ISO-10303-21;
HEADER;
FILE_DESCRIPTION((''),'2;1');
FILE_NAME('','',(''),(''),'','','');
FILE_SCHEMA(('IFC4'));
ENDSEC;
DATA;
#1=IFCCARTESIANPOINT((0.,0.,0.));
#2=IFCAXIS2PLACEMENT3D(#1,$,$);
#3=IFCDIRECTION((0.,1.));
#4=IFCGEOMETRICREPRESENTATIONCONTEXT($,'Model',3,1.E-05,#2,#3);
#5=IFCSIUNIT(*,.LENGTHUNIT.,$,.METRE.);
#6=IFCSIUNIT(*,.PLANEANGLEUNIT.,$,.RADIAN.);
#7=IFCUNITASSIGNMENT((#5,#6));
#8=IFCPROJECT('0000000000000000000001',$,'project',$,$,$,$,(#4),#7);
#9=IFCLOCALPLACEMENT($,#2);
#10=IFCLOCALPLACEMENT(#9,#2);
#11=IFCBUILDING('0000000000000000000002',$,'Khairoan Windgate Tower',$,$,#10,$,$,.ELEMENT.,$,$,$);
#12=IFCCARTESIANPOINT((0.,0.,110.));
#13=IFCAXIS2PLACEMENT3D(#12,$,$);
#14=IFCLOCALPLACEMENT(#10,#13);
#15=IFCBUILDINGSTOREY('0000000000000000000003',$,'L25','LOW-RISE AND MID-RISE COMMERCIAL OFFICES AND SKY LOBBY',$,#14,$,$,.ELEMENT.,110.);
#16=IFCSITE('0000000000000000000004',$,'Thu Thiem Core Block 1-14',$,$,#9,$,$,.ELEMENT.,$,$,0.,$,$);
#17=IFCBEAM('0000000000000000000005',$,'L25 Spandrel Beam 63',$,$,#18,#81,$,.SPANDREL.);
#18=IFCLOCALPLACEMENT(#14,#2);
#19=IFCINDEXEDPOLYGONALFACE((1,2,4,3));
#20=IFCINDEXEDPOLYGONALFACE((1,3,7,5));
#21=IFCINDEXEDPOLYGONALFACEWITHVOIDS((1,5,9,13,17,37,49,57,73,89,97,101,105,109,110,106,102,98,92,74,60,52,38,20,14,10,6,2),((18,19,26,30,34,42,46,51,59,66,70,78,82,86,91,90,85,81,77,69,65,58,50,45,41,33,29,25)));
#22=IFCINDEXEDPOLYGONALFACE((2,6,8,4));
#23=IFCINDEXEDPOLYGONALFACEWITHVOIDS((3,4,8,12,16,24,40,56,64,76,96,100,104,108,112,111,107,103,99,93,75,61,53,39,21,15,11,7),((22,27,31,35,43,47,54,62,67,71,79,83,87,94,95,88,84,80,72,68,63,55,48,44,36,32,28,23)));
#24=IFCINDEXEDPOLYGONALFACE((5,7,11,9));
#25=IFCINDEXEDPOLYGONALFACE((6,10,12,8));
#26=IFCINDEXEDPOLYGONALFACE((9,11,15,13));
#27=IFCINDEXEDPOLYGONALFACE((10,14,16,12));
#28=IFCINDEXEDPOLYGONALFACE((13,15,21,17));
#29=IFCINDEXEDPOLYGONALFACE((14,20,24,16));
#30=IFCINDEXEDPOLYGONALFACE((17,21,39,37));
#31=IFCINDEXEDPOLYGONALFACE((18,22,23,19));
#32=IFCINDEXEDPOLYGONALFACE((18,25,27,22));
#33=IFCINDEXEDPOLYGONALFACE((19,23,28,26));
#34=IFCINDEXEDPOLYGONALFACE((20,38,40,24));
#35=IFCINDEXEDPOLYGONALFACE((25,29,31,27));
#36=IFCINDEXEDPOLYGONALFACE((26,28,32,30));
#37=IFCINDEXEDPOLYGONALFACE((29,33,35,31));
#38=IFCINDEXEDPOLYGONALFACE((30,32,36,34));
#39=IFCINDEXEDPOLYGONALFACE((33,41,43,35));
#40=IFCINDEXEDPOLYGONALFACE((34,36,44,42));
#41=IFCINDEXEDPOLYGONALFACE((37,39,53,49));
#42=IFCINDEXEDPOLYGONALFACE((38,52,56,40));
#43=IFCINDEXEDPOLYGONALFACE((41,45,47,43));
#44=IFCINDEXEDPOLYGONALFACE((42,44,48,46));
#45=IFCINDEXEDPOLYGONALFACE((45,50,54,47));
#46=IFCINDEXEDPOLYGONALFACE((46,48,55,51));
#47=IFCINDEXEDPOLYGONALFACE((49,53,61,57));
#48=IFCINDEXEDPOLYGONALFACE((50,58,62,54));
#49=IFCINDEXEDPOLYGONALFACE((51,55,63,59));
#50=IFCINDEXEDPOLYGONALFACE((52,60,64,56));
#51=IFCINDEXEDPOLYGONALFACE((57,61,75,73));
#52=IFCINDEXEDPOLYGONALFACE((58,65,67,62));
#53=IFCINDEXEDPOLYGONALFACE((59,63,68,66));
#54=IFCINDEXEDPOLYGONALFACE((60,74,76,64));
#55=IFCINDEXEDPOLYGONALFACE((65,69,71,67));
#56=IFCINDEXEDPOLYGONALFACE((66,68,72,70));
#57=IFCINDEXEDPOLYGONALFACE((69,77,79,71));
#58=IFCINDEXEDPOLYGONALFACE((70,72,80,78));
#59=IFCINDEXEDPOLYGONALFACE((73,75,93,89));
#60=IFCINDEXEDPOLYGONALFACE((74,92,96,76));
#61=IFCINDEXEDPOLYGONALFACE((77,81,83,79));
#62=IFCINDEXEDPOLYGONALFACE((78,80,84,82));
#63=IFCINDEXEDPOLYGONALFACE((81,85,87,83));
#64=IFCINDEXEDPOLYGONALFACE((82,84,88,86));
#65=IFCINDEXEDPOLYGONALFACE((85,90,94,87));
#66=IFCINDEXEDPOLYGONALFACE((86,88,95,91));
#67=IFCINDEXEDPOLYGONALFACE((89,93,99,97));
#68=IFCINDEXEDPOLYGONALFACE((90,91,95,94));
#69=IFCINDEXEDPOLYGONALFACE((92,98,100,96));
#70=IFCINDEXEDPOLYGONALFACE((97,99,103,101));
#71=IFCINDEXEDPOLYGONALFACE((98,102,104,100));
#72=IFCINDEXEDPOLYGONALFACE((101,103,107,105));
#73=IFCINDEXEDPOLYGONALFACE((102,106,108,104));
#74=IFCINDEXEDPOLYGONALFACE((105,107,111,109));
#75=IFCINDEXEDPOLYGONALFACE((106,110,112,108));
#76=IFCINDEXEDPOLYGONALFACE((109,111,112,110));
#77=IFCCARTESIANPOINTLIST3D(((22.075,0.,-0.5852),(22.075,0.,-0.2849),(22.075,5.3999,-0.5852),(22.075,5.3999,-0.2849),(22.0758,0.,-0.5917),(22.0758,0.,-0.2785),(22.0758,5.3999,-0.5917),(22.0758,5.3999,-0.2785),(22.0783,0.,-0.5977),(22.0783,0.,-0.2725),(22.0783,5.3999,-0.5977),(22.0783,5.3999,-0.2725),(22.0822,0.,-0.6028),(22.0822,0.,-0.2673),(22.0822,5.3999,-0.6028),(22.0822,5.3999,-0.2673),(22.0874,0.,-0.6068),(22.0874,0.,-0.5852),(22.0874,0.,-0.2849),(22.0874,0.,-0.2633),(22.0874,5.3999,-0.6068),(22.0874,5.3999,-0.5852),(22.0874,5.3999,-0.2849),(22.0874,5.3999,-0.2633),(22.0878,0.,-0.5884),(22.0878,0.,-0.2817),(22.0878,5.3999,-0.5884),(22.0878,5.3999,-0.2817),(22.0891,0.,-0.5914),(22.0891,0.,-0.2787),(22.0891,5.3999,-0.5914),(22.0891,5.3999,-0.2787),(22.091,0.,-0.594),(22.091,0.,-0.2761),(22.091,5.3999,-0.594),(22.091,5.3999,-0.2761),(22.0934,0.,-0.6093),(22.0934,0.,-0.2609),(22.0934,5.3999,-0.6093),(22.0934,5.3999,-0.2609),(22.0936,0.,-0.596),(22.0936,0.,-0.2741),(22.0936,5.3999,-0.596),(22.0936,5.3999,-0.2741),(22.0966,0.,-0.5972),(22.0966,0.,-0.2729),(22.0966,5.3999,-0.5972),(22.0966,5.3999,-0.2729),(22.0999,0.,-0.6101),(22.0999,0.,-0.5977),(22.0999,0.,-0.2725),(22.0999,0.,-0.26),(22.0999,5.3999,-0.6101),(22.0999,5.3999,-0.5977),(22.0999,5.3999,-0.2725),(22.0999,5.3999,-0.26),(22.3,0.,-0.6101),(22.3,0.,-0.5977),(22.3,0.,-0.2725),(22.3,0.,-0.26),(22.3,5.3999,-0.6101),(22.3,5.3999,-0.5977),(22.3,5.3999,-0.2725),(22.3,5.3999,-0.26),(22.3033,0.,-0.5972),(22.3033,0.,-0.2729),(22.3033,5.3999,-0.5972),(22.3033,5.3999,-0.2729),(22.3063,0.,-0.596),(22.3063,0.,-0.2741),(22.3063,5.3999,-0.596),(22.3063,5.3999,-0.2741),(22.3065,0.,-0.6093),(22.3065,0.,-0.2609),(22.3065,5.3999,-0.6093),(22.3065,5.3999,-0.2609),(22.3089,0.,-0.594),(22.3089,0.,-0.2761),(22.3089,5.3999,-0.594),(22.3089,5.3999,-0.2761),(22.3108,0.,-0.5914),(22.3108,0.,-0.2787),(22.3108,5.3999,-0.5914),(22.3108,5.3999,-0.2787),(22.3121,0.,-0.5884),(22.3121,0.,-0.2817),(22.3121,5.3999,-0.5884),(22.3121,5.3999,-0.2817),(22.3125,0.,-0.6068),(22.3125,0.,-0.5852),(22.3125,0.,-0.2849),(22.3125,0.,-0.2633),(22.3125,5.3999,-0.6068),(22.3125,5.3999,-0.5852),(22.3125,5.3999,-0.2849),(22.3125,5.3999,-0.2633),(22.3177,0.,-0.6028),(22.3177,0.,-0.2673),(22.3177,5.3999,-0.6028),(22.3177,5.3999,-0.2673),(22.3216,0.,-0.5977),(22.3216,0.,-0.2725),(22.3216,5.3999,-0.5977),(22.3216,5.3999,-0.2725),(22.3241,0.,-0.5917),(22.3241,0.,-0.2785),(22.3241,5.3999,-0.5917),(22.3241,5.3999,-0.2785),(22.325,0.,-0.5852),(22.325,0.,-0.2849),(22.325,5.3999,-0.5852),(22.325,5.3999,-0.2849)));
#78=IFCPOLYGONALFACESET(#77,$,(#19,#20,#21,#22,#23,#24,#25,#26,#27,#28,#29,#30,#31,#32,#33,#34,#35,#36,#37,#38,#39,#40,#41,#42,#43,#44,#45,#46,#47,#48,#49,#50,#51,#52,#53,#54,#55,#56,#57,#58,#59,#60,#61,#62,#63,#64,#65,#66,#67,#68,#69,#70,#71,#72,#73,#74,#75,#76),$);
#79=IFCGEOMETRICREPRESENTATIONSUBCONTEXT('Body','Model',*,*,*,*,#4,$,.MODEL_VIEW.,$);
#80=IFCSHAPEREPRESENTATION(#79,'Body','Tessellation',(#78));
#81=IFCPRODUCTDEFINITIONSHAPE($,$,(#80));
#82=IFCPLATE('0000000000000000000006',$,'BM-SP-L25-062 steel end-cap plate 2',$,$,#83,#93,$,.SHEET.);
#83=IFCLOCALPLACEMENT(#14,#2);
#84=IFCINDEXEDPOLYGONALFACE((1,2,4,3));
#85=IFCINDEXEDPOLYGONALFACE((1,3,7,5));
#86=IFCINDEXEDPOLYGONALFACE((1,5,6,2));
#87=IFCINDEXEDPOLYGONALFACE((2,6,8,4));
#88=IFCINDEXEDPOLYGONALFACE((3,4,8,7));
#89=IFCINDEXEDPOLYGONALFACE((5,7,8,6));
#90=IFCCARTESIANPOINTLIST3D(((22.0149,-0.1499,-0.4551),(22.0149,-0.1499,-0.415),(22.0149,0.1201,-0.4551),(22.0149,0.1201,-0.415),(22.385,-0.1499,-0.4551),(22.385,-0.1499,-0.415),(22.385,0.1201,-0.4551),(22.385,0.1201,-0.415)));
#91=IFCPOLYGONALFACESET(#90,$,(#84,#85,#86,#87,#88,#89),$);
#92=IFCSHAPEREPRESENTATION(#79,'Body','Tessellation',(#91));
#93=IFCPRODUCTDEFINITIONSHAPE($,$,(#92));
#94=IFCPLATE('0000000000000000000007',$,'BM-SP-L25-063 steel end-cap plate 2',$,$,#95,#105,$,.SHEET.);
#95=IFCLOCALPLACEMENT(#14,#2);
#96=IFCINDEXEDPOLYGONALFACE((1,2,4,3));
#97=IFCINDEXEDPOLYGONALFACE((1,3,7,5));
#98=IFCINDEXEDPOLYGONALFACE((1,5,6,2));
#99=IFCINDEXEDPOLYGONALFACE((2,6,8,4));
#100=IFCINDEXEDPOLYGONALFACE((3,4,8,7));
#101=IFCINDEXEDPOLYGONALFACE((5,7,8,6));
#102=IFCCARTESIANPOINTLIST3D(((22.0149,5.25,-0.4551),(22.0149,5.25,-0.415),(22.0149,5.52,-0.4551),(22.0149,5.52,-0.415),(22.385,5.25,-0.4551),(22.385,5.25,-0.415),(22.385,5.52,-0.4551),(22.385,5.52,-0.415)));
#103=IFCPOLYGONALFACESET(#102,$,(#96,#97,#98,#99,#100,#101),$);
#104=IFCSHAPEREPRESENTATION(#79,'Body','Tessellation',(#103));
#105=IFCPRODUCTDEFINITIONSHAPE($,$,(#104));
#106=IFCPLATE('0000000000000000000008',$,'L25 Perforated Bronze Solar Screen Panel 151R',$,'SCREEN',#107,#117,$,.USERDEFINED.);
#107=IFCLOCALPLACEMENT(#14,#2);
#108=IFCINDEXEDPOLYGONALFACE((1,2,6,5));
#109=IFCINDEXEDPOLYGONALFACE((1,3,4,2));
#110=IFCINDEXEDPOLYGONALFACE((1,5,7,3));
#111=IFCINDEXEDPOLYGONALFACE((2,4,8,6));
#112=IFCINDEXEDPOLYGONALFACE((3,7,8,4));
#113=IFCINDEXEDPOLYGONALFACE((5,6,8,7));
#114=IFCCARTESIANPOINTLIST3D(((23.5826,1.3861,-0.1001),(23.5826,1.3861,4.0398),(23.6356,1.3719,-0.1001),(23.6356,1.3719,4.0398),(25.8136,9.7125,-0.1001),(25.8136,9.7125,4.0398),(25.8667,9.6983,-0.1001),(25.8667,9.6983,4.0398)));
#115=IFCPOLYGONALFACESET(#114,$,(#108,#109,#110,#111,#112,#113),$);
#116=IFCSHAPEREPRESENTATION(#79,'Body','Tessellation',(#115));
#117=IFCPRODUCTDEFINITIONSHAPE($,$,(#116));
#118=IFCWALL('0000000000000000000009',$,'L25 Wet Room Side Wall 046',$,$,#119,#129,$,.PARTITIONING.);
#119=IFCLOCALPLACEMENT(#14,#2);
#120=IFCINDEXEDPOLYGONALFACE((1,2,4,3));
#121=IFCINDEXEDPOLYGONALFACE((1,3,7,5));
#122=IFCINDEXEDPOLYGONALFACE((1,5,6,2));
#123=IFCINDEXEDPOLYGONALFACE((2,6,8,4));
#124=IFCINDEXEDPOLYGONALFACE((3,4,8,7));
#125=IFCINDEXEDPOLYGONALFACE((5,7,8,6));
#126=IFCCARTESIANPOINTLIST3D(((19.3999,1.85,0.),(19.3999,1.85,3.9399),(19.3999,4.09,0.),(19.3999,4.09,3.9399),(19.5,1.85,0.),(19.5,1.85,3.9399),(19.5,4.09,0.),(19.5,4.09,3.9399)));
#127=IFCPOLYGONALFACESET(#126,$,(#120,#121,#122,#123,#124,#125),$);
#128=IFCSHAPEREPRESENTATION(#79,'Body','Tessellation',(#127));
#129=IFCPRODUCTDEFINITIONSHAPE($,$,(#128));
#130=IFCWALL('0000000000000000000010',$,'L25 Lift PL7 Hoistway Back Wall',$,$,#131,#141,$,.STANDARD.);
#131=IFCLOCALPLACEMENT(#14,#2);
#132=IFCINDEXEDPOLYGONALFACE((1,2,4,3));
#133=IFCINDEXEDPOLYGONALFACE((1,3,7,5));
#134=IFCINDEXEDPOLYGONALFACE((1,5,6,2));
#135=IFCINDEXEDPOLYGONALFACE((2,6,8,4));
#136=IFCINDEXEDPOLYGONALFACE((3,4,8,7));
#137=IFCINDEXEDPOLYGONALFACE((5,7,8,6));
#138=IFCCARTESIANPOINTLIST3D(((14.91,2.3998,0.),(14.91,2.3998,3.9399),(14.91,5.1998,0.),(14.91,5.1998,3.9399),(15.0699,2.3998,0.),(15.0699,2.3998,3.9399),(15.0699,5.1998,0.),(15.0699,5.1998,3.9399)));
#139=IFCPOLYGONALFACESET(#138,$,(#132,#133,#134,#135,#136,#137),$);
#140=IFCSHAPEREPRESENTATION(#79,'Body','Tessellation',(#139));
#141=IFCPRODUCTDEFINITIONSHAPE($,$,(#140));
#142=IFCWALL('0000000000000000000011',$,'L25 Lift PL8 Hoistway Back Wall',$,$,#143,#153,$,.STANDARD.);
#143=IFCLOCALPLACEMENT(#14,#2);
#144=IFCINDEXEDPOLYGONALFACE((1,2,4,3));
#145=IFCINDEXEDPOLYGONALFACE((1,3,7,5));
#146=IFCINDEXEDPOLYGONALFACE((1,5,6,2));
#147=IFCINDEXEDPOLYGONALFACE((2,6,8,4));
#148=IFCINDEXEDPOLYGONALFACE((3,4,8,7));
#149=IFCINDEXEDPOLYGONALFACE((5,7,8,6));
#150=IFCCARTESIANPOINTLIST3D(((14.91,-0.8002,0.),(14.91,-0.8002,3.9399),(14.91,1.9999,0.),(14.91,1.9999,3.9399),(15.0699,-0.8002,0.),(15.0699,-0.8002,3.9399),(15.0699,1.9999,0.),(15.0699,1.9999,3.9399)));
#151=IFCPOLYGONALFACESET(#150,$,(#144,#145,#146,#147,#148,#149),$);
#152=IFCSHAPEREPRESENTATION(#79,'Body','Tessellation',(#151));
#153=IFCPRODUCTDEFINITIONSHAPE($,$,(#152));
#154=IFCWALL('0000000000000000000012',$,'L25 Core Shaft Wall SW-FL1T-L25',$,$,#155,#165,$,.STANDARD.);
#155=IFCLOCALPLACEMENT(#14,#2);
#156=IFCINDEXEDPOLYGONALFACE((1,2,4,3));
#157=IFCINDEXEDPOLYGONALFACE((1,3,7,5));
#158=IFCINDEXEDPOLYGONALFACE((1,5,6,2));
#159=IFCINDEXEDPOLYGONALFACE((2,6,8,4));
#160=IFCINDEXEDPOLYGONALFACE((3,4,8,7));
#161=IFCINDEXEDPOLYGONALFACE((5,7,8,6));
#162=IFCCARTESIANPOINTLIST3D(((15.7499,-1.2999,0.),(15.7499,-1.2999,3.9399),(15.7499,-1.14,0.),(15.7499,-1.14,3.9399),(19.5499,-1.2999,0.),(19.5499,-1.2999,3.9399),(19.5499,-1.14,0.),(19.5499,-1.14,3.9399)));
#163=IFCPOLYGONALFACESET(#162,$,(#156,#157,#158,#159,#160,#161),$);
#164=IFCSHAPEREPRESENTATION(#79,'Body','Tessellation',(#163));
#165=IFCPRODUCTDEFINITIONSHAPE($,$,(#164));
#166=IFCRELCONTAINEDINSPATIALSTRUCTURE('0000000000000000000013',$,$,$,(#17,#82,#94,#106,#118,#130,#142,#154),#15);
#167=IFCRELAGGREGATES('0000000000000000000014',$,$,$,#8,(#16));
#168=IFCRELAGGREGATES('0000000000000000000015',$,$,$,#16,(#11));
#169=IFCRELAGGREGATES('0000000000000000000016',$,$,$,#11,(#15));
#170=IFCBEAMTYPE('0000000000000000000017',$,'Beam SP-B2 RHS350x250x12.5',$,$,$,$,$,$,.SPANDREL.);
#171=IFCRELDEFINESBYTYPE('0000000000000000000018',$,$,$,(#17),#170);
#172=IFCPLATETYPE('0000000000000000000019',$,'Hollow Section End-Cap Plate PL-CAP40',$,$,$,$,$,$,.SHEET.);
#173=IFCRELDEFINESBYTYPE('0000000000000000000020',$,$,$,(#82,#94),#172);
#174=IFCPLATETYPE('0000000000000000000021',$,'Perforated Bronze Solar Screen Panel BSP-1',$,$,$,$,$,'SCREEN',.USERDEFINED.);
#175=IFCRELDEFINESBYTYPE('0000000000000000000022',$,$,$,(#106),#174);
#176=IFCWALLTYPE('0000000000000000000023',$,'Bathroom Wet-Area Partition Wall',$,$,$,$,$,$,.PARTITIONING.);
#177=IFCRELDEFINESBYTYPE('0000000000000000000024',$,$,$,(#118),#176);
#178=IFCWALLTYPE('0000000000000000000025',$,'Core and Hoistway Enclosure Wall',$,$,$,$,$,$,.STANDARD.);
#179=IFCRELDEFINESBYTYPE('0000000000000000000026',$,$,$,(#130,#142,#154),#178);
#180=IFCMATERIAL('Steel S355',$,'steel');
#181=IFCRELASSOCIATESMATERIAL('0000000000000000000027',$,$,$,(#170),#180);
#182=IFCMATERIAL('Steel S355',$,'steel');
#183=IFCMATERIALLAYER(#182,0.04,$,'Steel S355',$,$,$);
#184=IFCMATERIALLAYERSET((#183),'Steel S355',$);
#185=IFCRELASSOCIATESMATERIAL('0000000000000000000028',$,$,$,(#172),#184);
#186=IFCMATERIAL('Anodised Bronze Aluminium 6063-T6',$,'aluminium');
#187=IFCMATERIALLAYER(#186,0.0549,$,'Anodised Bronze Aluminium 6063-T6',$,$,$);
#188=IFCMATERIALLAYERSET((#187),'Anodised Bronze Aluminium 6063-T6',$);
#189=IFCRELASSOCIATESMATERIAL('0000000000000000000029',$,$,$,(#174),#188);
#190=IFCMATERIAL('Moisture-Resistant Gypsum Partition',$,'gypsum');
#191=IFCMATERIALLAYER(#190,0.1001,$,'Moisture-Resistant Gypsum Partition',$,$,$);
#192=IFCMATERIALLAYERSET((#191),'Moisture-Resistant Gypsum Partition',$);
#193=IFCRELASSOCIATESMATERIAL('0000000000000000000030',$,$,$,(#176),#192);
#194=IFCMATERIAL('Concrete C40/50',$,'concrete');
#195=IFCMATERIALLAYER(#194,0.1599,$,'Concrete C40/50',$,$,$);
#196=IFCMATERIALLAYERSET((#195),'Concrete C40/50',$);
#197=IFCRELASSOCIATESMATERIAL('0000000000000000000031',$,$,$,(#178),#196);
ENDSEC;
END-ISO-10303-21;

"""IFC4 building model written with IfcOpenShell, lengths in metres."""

from ifc_helpers import new_model, si_unit, direction, frame, frame_2d, origin, origin_2d, place, context, subcontext, project, spatial, rectangle, hollow_rectangle, extrude, material, layer, layer_set, material_profile, profile_set, type_object, element, save


model = new_model("IFC4")

# Units and contexts
model_context = context("Model", 3, precision=1e-05, world=origin(), true_north=direction((0.0, 1.0)))
body_context = subcontext(model_context, "Body", "Model", "MODEL_VIEW")
ifc_project = project(units=[si_unit("LENGTHUNIT", "METRE"), si_unit("PLANEANGLEUNIT", "RADIAN")], contexts=[model_context])

# Site, building, storey
site_placement = place(None, origin())
site = spatial("IfcSite", under=ifc_project, at=site_placement, Name="Thu Thiem Core Block 1-14", CompositionType="ELEMENT", RefElevation=0.0)
building_placement = place(site_placement, origin())
building = spatial("IfcBuilding", under=site, at=building_placement, Name="Khairoan Windgate Tower", CompositionType="ELEMENT")
storey_placement = place(building_placement, frame((0.0, 0.0, 110.0)))
storey = spatial("IfcBuildingStorey", under=building, at=storey_placement, Name="L25", Description="LOW-RISE AND MID-RISE COMMERCIAL OFFICES AND SKY LOBBY", CompositionType="ELEMENT", Elevation=110.0)

# Beam
ifc_material_1 = material(Name="Steel S355", Category="steel")
ifc_material_profile_1 = material_profile(ifc_material_1, hollow_rectangle(XDim=0.25, YDim=0.3501, WallThickness=0.0125, InnerFilletRadius=0.0125, OuterFilletRadius=0.0249, at=origin_2d()))
ifc_profile_set_1 = profile_set([ifc_material_profile_1], Name="Steel S355")
beam_type_1 = type_object("IfcBeamType", Name="Beam SP-B2 RHS350x250x12.5", PredefinedType="SPANDREL", material=ifc_profile_set_1)
beam_1_placement = place(storey_placement, frame((22.2, 0.0, -0.4351), z_axis=(0.0, 1.0, 0.0), x_axis=(-1.0, 0.0, 0.0)))
element("IfcBeam", 1, at=beam_1_placement, inside=storey, type_object=beam_type_1, Name="L25 Spandrel Beam 63", PredefinedType="SPANDREL", context=body_context, shape_type="SweptSolid", body=[
    extrude(hollow_rectangle(XDim=0.25, YDim=0.3501, WallThickness=0.0125, InnerFilletRadius=0.0125, OuterFilletRadius=0.0249, at=origin_2d()), origin(), (0.0, 0.0, 1.0), 5.3999),
])

# Plates
ifc_material_2 = material(Name="Steel S355", Category="steel")
ifc_layer_1 = layer(ifc_material_2, 0.04, Name="Steel S355")
ifc_layer_set_1 = layer_set([ifc_layer_1], Name="Steel S355")
plate_type_1 = type_object("IfcPlateType", Name="Hollow Section End-Cap Plate PL-CAP40", PredefinedType="SHEET", material=ifc_layer_set_1)
for number, where, z_axis, x_axis, name in (
    (2, (22.2, -0.0149, -0.4551), (0.0, 0.0, 1.0), (0.0, 1.0, 0.0), "BM-SP-L25-062 steel end-cap plate 2"),
    (3, (22.2, 5.385, -0.4551), (0.0, 0.0, 1.0), (0.0, 1.0, 0.0), "BM-SP-L25-063 steel end-cap plate 2"),
):
    element("IfcPlate", number, at=place(storey_placement, frame(where, z_axis=z_axis, x_axis=x_axis)), inside=storey, type_object=plate_type_1, Name=name, PredefinedType="SHEET", context=body_context, shape_type="SweptSolid", body=[
        extrude(rectangle(XDim=0.27, YDim=0.3701, at=origin_2d()), origin(), (0.0, 0.0, 1.0), 0.04),
    ])
ifc_material_3 = material(Name="Anodised Bronze Aluminium 6063-T6", Category="aluminium")
ifc_layer_2 = layer(ifc_material_3, 0.0549, Name="Anodised Bronze Aluminium 6063-T6")
ifc_layer_set_2 = layer_set([ifc_layer_2], Name="Anodised Bronze Aluminium 6063-T6")
plate_type_2 = type_object("IfcPlateType", Name="Perforated Bronze Solar Screen Panel BSP-1", ElementType="SCREEN", PredefinedType="USERDEFINED", material=ifc_layer_set_2)
plate_placement = place(storey_placement, frame((24.7246, 5.5422, -0.1001), z_axis=(0.0, 0.0, 1.0), x_axis=(-0.258819, -0.965926, 0.0)))
element("IfcPlate", 4, at=plate_placement, inside=storey, type_object=plate_type_2, Name="L25 Perforated Bronze Solar Screen Panel 151R", ObjectType="SCREEN", PredefinedType="USERDEFINED", context=body_context, shape_type="SweptSolid", body=[
    extrude(rectangle(XDim=8.6201, YDim=0.0549, at=origin_2d()), origin(), (0.0, 0.0, 1.0), 4.1399),
])

# Walls
ifc_material_4 = material(Name="Moisture-Resistant Gypsum Partition", Category="gypsum")
ifc_layer_3 = layer(ifc_material_4, 0.1001, Name="Moisture-Resistant Gypsum Partition")
ifc_layer_set_3 = layer_set([ifc_layer_3], Name="Moisture-Resistant Gypsum Partition")
wall_type_1 = type_object("IfcWallType", Name="Bathroom Wet-Area Partition Wall", PredefinedType="PARTITIONING", material=ifc_layer_set_3)
wall_1_placement = place(storey_placement, frame((19.45, 4.0901, 0.0), z_axis=(0.0, 0.0, 1.0), x_axis=(0.0, -1.0, 0.0)))
element("IfcWall", 5, at=wall_1_placement, inside=storey, type_object=wall_type_1, Name="L25 Wet Room Side Wall 046", PredefinedType="PARTITIONING", context=body_context, shape_type="SweptSolid", body=[
    extrude(rectangle(XDim=2.24, YDim=0.1001, at=frame_2d((1.1201, 0.0))), origin(), (0.0, 0.0, 1.0), 3.9399),
])
ifc_material_5 = material(Name="Concrete C40/50", Category="concrete")
ifc_layer_4 = layer(ifc_material_5, 0.1599, Name="Concrete C40/50")
ifc_layer_set_4 = layer_set([ifc_layer_4], Name="Concrete C40/50")
wall_type_2 = type_object("IfcWallType", Name="Core and Hoistway Enclosure Wall", PredefinedType="STANDARD", material=ifc_layer_set_4)
for number, where, z_axis, x_axis, name in (
    (6, (14.99, 2.3999, 0.0), (0.0, 0.0, 1.0), (0.0, 1.0, 0.0), "L25 Lift PL7 Hoistway Back Wall"),
    (7, (14.99, -0.8, 0.0), (0.0, 0.0, 1.0), (0.0, 1.0, 0.0), "L25 Lift PL8 Hoistway Back Wall"),
):
    element("IfcWall", number, at=place(storey_placement, frame(where, z_axis=z_axis, x_axis=x_axis)), inside=storey, type_object=wall_type_2, Name=name, PredefinedType="STANDARD", context=body_context, shape_type="SweptSolid", body=[
        extrude(rectangle(XDim=2.8, YDim=0.1599, at=frame_2d((1.3999, 0.0))), origin(), (0.0, 0.0, 1.0), 3.9399),
    ])
wall_2_placement = place(storey_placement, frame((15.75, -1.22, 0.0), z_axis=(0.0, 0.0, 1.0), x_axis=(1.0, 0.0, 0.0)))
element("IfcWall", 8, at=wall_2_placement, inside=storey, type_object=wall_type_2, Name="L25 Core Shaft Wall SW-FL1T-L25", PredefinedType="STANDARD", context=body_context, shape_type="SweptSolid", body=[
    extrude(rectangle(XDim=3.8, YDim=0.1599, at=frame_2d((1.8999, 0.0))), origin(), (0.0, 0.0, 1.0), 3.9399),
])

save(model, "model.ifc")
